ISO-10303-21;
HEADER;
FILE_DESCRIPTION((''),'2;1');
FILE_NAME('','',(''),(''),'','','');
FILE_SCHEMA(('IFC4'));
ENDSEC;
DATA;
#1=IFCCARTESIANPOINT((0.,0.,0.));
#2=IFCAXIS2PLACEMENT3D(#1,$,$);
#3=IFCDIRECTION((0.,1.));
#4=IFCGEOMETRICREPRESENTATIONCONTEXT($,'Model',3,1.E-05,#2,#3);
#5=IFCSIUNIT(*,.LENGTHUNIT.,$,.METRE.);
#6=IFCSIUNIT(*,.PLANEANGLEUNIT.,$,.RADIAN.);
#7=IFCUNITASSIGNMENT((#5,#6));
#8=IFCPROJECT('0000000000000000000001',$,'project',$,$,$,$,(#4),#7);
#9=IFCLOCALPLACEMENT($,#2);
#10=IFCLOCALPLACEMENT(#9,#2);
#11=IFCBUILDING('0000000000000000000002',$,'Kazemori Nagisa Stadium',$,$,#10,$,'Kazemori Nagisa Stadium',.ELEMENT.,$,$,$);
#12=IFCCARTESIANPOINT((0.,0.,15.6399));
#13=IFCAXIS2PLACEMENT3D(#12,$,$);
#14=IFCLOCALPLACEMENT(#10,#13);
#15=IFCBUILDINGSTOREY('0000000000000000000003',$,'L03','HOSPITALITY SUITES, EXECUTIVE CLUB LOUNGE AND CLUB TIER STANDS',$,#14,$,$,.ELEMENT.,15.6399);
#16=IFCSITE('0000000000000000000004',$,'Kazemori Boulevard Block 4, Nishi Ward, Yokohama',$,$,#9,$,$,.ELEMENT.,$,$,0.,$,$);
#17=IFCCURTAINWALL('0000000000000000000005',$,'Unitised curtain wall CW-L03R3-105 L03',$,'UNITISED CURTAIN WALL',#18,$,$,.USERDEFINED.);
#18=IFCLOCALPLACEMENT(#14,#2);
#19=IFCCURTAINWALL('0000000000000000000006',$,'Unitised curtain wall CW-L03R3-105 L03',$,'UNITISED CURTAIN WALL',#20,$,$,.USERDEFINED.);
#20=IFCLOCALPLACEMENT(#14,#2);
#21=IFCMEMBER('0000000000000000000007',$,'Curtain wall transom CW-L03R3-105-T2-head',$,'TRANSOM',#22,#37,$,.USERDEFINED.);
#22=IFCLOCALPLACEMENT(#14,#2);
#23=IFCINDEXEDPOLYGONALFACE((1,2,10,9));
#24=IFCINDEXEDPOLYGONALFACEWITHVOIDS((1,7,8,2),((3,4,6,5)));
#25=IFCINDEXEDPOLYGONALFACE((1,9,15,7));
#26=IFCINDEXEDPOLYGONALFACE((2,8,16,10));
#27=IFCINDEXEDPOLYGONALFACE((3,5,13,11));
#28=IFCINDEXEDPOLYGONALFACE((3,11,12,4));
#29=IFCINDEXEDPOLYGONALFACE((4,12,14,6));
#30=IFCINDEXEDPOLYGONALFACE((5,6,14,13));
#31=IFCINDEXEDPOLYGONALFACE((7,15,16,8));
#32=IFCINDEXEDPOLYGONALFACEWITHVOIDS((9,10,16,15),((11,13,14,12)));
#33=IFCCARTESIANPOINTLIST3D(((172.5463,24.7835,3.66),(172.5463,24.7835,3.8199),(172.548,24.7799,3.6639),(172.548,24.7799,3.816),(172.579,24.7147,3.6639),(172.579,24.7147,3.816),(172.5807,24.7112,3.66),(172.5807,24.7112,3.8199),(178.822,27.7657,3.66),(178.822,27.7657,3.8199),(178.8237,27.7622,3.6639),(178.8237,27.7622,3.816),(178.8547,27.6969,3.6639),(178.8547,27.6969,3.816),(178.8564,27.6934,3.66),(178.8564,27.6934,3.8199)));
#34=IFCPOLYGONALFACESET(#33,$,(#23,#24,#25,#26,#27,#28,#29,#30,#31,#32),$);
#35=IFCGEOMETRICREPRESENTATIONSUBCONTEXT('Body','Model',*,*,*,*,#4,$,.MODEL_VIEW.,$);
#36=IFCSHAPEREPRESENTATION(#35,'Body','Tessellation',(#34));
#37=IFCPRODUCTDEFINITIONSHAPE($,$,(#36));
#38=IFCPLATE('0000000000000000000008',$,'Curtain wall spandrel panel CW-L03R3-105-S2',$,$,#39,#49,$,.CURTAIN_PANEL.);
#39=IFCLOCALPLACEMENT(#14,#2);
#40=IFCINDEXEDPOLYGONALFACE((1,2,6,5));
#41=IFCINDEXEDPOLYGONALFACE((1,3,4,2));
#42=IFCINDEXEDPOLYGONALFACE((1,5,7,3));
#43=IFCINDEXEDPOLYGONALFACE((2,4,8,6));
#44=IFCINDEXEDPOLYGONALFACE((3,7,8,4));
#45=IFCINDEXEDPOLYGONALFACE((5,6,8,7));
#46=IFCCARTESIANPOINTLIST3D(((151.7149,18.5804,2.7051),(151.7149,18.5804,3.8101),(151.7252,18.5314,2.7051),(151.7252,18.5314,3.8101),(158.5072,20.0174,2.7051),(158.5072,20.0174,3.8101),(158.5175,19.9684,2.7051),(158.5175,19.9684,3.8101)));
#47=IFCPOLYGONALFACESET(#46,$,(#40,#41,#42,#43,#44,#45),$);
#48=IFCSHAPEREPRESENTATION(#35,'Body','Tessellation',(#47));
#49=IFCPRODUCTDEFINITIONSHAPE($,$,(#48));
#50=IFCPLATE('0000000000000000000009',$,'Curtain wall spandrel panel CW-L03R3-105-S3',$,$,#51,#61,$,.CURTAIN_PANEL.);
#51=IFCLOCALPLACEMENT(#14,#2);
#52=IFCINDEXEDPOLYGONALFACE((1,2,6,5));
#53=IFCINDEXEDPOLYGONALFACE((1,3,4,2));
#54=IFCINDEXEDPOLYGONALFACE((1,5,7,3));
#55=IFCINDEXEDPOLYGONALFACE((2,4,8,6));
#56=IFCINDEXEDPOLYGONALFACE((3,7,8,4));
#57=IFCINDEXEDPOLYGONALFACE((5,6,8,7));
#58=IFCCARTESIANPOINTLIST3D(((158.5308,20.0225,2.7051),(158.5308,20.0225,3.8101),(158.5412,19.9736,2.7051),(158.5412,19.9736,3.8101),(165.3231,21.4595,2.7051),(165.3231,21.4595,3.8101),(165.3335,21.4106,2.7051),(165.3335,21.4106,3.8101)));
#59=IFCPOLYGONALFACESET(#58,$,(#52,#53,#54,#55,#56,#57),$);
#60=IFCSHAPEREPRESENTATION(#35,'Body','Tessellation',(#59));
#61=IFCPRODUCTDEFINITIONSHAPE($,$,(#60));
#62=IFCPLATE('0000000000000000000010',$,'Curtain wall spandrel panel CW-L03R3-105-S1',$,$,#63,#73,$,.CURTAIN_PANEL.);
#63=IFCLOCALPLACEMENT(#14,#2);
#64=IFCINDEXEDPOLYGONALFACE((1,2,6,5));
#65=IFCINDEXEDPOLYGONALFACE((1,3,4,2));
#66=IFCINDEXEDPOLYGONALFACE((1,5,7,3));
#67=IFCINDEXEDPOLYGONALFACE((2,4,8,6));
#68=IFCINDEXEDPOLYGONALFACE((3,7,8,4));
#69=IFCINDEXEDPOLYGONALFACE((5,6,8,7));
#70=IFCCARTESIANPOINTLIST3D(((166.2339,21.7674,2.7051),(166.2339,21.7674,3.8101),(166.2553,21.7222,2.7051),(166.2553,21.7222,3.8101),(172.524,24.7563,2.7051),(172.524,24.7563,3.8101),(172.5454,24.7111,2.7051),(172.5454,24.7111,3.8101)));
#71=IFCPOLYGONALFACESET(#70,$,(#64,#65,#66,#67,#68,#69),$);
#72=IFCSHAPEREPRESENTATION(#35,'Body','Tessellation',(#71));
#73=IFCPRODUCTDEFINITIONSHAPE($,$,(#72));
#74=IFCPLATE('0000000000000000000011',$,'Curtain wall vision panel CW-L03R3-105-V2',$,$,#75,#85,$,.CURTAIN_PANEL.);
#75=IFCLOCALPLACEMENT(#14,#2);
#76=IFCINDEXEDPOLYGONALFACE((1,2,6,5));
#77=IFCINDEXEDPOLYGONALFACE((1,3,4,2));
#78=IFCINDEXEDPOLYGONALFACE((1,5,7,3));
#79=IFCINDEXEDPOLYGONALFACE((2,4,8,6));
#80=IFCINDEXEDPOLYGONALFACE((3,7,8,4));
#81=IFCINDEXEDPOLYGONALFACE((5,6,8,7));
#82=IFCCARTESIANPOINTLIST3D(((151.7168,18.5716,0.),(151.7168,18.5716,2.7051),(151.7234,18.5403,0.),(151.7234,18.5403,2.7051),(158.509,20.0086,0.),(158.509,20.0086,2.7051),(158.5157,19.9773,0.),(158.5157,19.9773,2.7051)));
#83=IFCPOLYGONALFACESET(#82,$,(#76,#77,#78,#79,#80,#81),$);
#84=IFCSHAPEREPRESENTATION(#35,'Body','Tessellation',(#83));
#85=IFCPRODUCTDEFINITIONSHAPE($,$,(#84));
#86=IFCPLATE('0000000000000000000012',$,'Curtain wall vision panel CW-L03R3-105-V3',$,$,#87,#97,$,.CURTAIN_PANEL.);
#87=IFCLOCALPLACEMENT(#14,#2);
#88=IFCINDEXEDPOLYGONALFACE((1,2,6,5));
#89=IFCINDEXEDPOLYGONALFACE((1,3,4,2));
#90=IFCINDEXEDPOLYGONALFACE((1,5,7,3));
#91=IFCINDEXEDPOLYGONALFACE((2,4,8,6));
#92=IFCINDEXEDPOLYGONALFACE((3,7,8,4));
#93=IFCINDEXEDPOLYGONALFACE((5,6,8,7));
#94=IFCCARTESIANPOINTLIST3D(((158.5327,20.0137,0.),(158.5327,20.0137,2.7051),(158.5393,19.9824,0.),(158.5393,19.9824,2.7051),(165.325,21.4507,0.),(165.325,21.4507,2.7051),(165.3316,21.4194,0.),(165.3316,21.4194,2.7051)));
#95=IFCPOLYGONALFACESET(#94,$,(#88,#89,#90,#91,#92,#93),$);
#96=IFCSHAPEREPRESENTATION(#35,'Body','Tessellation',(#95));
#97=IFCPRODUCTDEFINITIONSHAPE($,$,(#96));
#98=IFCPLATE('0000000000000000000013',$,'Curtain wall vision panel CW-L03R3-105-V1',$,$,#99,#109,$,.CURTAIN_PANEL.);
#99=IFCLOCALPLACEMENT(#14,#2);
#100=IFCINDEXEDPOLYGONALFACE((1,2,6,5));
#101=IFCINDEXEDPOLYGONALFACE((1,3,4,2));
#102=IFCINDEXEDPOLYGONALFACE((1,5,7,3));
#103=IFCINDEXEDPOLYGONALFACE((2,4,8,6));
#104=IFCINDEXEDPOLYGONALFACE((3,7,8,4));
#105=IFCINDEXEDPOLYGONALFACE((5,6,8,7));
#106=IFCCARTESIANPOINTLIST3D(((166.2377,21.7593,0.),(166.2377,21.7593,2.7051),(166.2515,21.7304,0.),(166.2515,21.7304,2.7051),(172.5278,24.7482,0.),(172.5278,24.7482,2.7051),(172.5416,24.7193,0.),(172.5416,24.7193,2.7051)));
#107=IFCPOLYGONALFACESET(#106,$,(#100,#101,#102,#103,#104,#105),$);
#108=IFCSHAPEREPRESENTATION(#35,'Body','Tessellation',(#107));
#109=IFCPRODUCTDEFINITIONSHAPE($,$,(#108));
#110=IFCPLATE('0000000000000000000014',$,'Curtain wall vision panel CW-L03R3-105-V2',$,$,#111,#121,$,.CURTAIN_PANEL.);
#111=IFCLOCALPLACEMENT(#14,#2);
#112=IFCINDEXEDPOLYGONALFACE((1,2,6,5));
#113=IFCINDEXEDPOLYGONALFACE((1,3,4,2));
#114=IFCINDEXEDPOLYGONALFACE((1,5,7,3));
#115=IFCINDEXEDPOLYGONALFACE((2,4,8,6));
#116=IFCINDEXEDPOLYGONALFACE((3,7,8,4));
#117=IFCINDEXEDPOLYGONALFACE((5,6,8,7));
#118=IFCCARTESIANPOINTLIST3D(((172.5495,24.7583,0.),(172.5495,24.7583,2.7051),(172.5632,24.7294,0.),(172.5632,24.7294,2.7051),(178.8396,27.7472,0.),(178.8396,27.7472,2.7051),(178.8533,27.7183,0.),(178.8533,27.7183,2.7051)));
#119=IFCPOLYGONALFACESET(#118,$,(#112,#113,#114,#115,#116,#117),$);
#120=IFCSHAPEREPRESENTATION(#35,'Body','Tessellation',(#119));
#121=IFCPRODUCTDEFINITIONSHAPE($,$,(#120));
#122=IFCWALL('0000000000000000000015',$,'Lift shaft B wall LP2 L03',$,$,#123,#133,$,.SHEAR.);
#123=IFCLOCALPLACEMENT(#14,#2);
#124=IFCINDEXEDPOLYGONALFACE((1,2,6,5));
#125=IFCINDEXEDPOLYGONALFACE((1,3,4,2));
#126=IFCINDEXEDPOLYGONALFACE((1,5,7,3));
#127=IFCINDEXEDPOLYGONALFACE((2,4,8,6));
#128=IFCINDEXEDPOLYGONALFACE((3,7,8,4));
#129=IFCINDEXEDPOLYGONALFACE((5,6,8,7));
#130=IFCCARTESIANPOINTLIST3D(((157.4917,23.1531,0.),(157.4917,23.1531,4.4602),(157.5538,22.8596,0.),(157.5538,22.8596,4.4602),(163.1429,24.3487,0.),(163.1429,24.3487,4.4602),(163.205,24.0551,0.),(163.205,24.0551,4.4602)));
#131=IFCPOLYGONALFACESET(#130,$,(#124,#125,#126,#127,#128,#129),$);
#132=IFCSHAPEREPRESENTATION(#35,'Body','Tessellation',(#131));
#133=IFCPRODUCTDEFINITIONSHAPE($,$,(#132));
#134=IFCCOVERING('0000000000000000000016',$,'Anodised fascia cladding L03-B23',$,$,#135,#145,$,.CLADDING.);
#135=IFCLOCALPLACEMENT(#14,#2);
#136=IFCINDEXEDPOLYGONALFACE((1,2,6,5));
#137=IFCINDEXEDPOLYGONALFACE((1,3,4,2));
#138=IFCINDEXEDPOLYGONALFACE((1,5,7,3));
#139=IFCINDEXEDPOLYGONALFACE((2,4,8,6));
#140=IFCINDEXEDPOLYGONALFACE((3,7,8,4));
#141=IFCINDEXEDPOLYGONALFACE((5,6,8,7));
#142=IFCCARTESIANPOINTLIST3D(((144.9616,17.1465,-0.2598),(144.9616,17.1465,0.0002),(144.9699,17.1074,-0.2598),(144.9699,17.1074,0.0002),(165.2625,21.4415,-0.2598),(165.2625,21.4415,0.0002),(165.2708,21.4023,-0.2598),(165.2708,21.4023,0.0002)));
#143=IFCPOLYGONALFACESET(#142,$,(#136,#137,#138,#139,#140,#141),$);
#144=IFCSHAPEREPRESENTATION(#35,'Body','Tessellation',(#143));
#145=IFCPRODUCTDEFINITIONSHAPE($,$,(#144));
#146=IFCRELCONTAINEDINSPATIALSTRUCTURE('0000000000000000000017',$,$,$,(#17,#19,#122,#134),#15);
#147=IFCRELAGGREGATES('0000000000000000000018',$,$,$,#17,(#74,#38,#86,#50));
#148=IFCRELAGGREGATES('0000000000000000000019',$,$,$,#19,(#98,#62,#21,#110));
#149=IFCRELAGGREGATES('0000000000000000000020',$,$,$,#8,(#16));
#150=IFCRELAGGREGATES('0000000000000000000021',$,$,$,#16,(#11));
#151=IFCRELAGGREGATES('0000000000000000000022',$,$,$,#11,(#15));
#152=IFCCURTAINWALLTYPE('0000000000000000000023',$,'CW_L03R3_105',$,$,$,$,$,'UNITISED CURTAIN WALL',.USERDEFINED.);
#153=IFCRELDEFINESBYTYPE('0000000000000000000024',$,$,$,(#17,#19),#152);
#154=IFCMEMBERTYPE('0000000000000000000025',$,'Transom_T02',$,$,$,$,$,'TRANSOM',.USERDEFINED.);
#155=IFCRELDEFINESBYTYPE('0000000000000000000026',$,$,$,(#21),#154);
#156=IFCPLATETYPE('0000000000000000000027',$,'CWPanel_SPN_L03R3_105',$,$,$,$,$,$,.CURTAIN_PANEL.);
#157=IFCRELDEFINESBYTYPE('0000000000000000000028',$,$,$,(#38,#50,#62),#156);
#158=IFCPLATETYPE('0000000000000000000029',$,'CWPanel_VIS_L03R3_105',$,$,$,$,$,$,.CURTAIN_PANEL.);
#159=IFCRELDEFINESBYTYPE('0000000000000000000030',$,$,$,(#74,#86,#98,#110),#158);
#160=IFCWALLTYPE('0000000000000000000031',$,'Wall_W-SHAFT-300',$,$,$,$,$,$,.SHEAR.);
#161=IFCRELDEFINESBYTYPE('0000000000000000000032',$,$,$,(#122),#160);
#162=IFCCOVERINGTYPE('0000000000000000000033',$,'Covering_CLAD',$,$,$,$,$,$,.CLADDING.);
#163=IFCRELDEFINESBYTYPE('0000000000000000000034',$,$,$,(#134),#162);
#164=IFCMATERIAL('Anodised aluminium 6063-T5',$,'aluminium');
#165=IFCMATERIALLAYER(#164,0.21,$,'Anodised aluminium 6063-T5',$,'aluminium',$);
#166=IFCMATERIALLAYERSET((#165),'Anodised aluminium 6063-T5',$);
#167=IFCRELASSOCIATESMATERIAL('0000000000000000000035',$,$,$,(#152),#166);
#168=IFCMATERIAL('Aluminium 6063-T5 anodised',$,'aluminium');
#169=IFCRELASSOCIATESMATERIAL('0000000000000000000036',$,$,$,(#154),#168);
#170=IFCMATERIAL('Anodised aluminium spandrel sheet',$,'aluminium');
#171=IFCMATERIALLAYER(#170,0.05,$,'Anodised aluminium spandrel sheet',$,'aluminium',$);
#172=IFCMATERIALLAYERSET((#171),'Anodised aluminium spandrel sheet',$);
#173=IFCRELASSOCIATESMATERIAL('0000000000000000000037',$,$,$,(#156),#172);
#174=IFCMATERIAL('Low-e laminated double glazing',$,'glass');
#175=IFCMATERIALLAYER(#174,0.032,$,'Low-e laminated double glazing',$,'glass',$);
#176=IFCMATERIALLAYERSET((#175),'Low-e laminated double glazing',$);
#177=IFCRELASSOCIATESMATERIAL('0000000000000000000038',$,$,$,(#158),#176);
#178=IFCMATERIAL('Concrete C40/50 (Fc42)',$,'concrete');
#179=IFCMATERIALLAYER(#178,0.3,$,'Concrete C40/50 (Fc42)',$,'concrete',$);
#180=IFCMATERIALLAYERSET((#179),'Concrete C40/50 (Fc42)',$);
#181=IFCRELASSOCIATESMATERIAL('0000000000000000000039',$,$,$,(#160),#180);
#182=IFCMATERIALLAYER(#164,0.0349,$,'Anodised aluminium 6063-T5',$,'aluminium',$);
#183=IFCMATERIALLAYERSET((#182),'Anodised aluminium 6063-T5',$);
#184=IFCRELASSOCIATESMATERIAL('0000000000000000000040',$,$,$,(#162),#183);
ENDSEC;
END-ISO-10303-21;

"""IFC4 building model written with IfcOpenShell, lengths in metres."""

from ifc_helpers import new_model, si_unit, direction, frame, frame_2d, origin, origin_2d, place, context, subcontext, project, spatial, rectangle, hollow_rectangle, extrude, material, layer, layer_set, material_profile, profile_set, type_object, element, aggregate, save


model = new_model("IFC4")

# Units and contexts
model_context = context("Model", 3, precision=1e-05, world=origin(), true_north=direction((0.0, 1.0)))
body_context = subcontext(model_context, "Body", "Model", "MODEL_VIEW")
ifc_project = project(units=[si_unit("LENGTHUNIT", "METRE"), si_unit("PLANEANGLEUNIT", "RADIAN")], contexts=[model_context])

# Site, building, storey
site_placement = place(None, origin())
site = spatial("IfcSite", under=ifc_project, at=site_placement, Name="Kazemori Boulevard Block 4, Nishi Ward, Yokohama", CompositionType="ELEMENT", RefElevation=0.0)
building_placement = place(site_placement, origin())
building = spatial("IfcBuilding", under=site, at=building_placement, Name="Kazemori Nagisa Stadium", LongName="Kazemori Nagisa Stadium", CompositionType="ELEMENT")
storey_placement = place(building_placement, frame((0.0, 0.0, 15.6399)))
storey = spatial("IfcBuildingStorey", under=building, at=storey_placement, Name="L03", Description="HOSPITALITY SUITES, EXECUTIVE CLUB LOUNGE AND CLUB TIER STANDS", CompositionType="ELEMENT", Elevation=15.6399)

# Shared definitions
ifc_material_1 = material(Name="Concrete C40/50 (Fc42)", Category="concrete")

# Curtain walls
ifc_material_2 = material(Name="Anodised aluminium 6063-T5", Category="aluminium")
ifc_layer_1 = layer(ifc_material_2, 0.21, Name="Anodised aluminium 6063-T5", Category="aluminium")
ifc_layer_set_1 = layer_set([ifc_layer_1], Name="Anodised aluminium 6063-T5")
curtain_wall_type = type_object("IfcCurtainWallType", Name="CW_L03R3_105", ElementType="UNITISED CURTAIN WALL", PredefinedType="USERDEFINED", material=ifc_layer_set_1)
curtain_wall_1_placement = place(storey_placement, origin())
curtain_wall_1 = element("IfcCurtainWall", 1, at=curtain_wall_1_placement, inside=storey, type_object=curtain_wall_type, Name="Unitised curtain wall CW-L03R3-105 L03", ObjectType="UNITISED CURTAIN WALL", PredefinedType="USERDEFINED")
ifc_material_3 = material(Name="Aluminium 6063-T5 anodised", Category="aluminium")
curtain_wall_2_placement = place(storey_placement, origin())
curtain_wall_2 = element("IfcCurtainWall", 2, at=curtain_wall_2_placement, inside=storey, type_object=curtain_wall_type, Name="Unitised curtain wall CW-L03R3-105 L03", ObjectType="UNITISED CURTAIN WALL", PredefinedType="USERDEFINED")

# Member
ifc_material_profile_1 = material_profile(ifc_material_3, hollow_rectangle(XDim=0.0801, YDim=0.1599, WallThickness=0.0039, at=origin_2d()), Name="ALU-TRAN-80x160x4")
ifc_profile_set_1 = profile_set([ifc_material_profile_1], Name="Aluminium 6063-T5 anodised")
member_type_1 = type_object("IfcMemberType", Name="Transom_T02", ElementType="TRANSOM", PredefinedType="USERDEFINED", material=ifc_profile_set_1)
member_1_placement = place(storey_placement, frame((172.5635, 24.7473, 3.74), z_axis=(0.903208, 0.429204, 0.0), x_axis=(-0.429204, 0.903208, 0.0)))
member_1 = element("IfcMember", 3, at=member_1_placement, type_object=member_type_1, Name="Curtain wall transom CW-L03R3-105-T2-head", ObjectType="TRANSOM", PredefinedType="USERDEFINED", context=body_context, shape_type="SweptSolid", body=[
    extrude(hollow_rectangle(XDim=0.0801, YDim=0.1599, WallThickness=0.0039, at=origin_2d()), origin(), (0.0, 0.0, 1.0), 6.9482),
])

# Plates
ifc_material_4 = material(Name="Anodised aluminium spandrel sheet", Category="aluminium")
ifc_layer_2 = layer(ifc_material_4, 0.05, Name="Anodised aluminium spandrel sheet", Category="aluminium")
ifc_layer_set_2 = layer_set([ifc_layer_2], Name="Anodised aluminium spandrel sheet")
plate_type_1 = type_object("IfcPlateType", Name="CWPanel_SPN_L03R3_105", PredefinedType="CURTAIN_PANEL", material=ifc_layer_set_2)
plate_1_placement = place(storey_placement, frame((155.1162, 19.2744, 2.7051), z_axis=(0.0, 0.0, 1.0), x_axis=(0.978345, 0.206981, 0.0)))
plate_1 = element("IfcPlate", 4, at=plate_1_placement, type_object=plate_type_1, Name="Curtain wall spandrel panel CW-L03R3-105-S2", PredefinedType="CURTAIN_PANEL", context=body_context, shape_type="SweptSolid", body=[
    extrude(rectangle(XDim=6.9426, YDim=0.05, at=origin_2d()), origin(), (0.0, 0.0, 1.0), 1.105),
])
plate_2_placement = place(storey_placement, frame((161.9321, 20.7166, 2.7051), z_axis=(0.0, 0.0, 1.0), x_axis=(0.978345, 0.206981, 0.0)))
plate_2 = element("IfcPlate", 5, at=plate_2_placement, type_object=plate_type_1, Name="Curtain wall spandrel panel CW-L03R3-105-S3", PredefinedType="CURTAIN_PANEL", context=body_context, shape_type="SweptSolid", body=[
    extrude(rectangle(XDim=6.9426, YDim=0.05, at=origin_2d()), origin(), (0.0, 0.0, 1.0), 1.105),
])
plate_3_placement = place(storey_placement, frame((169.3896, 23.2393, 2.7051), z_axis=(0.0, 0.0, 1.0), x_axis=(0.903216, 0.429186, 0.0)))
plate_3 = element("IfcPlate", 6, at=plate_3_placement, type_object=plate_type_1, Name="Curtain wall spandrel panel CW-L03R3-105-S1", PredefinedType="CURTAIN_PANEL", context=body_context, shape_type="SweptSolid", body=[
    extrude(rectangle(XDim=6.9641, YDim=0.05, at=origin_2d()), origin(), (0.0, 0.0, 1.0), 1.105),
])
ifc_material_5 = material(Name="Low-e laminated double glazing", Category="glass")
ifc_layer_3 = layer(ifc_material_5, 0.032, Name="Low-e laminated double glazing", Category="glass")
ifc_layer_set_3 = layer_set([ifc_layer_3], Name="Low-e laminated double glazing")
plate_type_2 = type_object("IfcPlateType", Name="CWPanel_VIS_L03R3_105", PredefinedType="CURTAIN_PANEL", material=ifc_layer_set_3)
plate_4_placement = place(storey_placement, frame((155.1162, 19.2744, 0.0), z_axis=(0.0, 0.0, 1.0), x_axis=(0.978345, 0.206981, 0.0)))
plate_4 = element("IfcPlate", 7, at=plate_4_placement, type_object=plate_type_2, Name="Curtain wall vision panel CW-L03R3-105-V2", PredefinedType="CURTAIN_PANEL", context=body_context, shape_type="SweptSolid", body=[
    extrude(rectangle(XDim=6.9426, YDim=0.032, at=origin_2d()), origin(), (0.0, 0.0, 1.0), 2.7051),
])
plate_5_placement = place(storey_placement, frame((161.9321, 20.7166, 0.0), z_axis=(0.0, 0.0, 1.0), x_axis=(0.978345, 0.206981, 0.0)))
plate_5 = element("IfcPlate", 8, at=plate_5_placement, type_object=plate_type_2, Name="Curtain wall vision panel CW-L03R3-105-V3", PredefinedType="CURTAIN_PANEL", context=body_context, shape_type="SweptSolid", body=[
    extrude(rectangle(XDim=6.9426, YDim=0.032, at=origin_2d()), origin(), (0.0, 0.0, 1.0), 2.7051),
])
aggregate(curtain_wall_1, [plate_4, plate_1, plate_5, plate_2])
plate_6_placement = place(storey_placement, frame((169.3896, 23.2393, 0.0), z_axis=(0.0, 0.0, 1.0), x_axis=(0.903216, 0.429186, 0.0)))
plate_6 = element("IfcPlate", 9, at=plate_6_placement, type_object=plate_type_2, Name="Curtain wall vision panel CW-L03R3-105-V1", PredefinedType="CURTAIN_PANEL", context=body_context, shape_type="SweptSolid", body=[
    extrude(rectangle(XDim=6.9641, YDim=0.032, at=origin_2d()), origin(), (0.0, 0.0, 1.0), 2.7051),
])
plate_7_placement = place(storey_placement, frame((175.7014, 26.2383, 0.0), z_axis=(0.0, 0.0, 1.0), x_axis=(0.903216, 0.429186, 0.0)))
plate_7 = element("IfcPlate", 10, at=plate_7_placement, type_object=plate_type_2, Name="Curtain wall vision panel CW-L03R3-105-V2", PredefinedType="CURTAIN_PANEL", context=body_context, shape_type="SweptSolid", body=[
    extrude(rectangle(XDim=6.9641, YDim=0.032, at=origin_2d()), origin(), (0.0, 0.0, 1.0), 2.7051),
])
aggregate(curtain_wall_2, [plate_6, plate_3, member_1, plate_7])

# Wall
ifc_layer_4 = layer(ifc_material_1, 0.3, Name="Concrete C40/50 (Fc42)", Category="concrete")
ifc_layer_set_4 = layer_set([ifc_layer_4], Name="Concrete C40/50 (Fc42)")
wall_type = type_object("IfcWallType", Name="Wall_W-SHAFT-300", PredefinedType="SHEAR", material=ifc_layer_set_4)
wall_placement = place(storey_placement, frame((157.5227, 23.0063, 0.0), z_axis=(0.0, 0.0, 1.0), x_axis=(0.978347, 0.206971, 0.0)))
element("IfcWall", 11, at=wall_placement, inside=storey, type_object=wall_type, Name="Lift shaft B wall LP2 L03", PredefinedType="SHEAR", context=body_context, shape_type="SweptSolid", body=[
    extrude(rectangle(XDim=5.7764, YDim=0.3, at=frame_2d((2.8882, 0.0))), origin(), (0.0, 0.0, 1.0), 4.4602),
])

# Covering
ifc_layer_5 = layer(ifc_material_2, 0.0349, Name="Anodised aluminium 6063-T5", Category="aluminium")
ifc_layer_set_5 = layer_set([ifc_layer_5], Name="Anodised aluminium 6063-T5")
covering_type = type_object("IfcCoveringType", Name="Covering_CLAD", PredefinedType="CLADDING", material=ifc_layer_set_5)
covering_placement = place(storey_placement, frame((155.1162, 19.2744, -0.2598), z_axis=(0.0, 0.0, 1.0), x_axis=(0.978345, 0.206981, 0.0)))
element("IfcCovering", 12, at=covering_placement, inside=storey, type_object=covering_type, Name="Anodised fascia cladding L03-B23", PredefinedType="CLADDING", context=body_context, shape_type="SweptSolid", body=[
    extrude(rectangle(XDim=20.7502, YDim=0.04, at=origin_2d()), origin(), (0.0, 0.0, 1.0), 0.26),
])

save(model, "model.ifc")
